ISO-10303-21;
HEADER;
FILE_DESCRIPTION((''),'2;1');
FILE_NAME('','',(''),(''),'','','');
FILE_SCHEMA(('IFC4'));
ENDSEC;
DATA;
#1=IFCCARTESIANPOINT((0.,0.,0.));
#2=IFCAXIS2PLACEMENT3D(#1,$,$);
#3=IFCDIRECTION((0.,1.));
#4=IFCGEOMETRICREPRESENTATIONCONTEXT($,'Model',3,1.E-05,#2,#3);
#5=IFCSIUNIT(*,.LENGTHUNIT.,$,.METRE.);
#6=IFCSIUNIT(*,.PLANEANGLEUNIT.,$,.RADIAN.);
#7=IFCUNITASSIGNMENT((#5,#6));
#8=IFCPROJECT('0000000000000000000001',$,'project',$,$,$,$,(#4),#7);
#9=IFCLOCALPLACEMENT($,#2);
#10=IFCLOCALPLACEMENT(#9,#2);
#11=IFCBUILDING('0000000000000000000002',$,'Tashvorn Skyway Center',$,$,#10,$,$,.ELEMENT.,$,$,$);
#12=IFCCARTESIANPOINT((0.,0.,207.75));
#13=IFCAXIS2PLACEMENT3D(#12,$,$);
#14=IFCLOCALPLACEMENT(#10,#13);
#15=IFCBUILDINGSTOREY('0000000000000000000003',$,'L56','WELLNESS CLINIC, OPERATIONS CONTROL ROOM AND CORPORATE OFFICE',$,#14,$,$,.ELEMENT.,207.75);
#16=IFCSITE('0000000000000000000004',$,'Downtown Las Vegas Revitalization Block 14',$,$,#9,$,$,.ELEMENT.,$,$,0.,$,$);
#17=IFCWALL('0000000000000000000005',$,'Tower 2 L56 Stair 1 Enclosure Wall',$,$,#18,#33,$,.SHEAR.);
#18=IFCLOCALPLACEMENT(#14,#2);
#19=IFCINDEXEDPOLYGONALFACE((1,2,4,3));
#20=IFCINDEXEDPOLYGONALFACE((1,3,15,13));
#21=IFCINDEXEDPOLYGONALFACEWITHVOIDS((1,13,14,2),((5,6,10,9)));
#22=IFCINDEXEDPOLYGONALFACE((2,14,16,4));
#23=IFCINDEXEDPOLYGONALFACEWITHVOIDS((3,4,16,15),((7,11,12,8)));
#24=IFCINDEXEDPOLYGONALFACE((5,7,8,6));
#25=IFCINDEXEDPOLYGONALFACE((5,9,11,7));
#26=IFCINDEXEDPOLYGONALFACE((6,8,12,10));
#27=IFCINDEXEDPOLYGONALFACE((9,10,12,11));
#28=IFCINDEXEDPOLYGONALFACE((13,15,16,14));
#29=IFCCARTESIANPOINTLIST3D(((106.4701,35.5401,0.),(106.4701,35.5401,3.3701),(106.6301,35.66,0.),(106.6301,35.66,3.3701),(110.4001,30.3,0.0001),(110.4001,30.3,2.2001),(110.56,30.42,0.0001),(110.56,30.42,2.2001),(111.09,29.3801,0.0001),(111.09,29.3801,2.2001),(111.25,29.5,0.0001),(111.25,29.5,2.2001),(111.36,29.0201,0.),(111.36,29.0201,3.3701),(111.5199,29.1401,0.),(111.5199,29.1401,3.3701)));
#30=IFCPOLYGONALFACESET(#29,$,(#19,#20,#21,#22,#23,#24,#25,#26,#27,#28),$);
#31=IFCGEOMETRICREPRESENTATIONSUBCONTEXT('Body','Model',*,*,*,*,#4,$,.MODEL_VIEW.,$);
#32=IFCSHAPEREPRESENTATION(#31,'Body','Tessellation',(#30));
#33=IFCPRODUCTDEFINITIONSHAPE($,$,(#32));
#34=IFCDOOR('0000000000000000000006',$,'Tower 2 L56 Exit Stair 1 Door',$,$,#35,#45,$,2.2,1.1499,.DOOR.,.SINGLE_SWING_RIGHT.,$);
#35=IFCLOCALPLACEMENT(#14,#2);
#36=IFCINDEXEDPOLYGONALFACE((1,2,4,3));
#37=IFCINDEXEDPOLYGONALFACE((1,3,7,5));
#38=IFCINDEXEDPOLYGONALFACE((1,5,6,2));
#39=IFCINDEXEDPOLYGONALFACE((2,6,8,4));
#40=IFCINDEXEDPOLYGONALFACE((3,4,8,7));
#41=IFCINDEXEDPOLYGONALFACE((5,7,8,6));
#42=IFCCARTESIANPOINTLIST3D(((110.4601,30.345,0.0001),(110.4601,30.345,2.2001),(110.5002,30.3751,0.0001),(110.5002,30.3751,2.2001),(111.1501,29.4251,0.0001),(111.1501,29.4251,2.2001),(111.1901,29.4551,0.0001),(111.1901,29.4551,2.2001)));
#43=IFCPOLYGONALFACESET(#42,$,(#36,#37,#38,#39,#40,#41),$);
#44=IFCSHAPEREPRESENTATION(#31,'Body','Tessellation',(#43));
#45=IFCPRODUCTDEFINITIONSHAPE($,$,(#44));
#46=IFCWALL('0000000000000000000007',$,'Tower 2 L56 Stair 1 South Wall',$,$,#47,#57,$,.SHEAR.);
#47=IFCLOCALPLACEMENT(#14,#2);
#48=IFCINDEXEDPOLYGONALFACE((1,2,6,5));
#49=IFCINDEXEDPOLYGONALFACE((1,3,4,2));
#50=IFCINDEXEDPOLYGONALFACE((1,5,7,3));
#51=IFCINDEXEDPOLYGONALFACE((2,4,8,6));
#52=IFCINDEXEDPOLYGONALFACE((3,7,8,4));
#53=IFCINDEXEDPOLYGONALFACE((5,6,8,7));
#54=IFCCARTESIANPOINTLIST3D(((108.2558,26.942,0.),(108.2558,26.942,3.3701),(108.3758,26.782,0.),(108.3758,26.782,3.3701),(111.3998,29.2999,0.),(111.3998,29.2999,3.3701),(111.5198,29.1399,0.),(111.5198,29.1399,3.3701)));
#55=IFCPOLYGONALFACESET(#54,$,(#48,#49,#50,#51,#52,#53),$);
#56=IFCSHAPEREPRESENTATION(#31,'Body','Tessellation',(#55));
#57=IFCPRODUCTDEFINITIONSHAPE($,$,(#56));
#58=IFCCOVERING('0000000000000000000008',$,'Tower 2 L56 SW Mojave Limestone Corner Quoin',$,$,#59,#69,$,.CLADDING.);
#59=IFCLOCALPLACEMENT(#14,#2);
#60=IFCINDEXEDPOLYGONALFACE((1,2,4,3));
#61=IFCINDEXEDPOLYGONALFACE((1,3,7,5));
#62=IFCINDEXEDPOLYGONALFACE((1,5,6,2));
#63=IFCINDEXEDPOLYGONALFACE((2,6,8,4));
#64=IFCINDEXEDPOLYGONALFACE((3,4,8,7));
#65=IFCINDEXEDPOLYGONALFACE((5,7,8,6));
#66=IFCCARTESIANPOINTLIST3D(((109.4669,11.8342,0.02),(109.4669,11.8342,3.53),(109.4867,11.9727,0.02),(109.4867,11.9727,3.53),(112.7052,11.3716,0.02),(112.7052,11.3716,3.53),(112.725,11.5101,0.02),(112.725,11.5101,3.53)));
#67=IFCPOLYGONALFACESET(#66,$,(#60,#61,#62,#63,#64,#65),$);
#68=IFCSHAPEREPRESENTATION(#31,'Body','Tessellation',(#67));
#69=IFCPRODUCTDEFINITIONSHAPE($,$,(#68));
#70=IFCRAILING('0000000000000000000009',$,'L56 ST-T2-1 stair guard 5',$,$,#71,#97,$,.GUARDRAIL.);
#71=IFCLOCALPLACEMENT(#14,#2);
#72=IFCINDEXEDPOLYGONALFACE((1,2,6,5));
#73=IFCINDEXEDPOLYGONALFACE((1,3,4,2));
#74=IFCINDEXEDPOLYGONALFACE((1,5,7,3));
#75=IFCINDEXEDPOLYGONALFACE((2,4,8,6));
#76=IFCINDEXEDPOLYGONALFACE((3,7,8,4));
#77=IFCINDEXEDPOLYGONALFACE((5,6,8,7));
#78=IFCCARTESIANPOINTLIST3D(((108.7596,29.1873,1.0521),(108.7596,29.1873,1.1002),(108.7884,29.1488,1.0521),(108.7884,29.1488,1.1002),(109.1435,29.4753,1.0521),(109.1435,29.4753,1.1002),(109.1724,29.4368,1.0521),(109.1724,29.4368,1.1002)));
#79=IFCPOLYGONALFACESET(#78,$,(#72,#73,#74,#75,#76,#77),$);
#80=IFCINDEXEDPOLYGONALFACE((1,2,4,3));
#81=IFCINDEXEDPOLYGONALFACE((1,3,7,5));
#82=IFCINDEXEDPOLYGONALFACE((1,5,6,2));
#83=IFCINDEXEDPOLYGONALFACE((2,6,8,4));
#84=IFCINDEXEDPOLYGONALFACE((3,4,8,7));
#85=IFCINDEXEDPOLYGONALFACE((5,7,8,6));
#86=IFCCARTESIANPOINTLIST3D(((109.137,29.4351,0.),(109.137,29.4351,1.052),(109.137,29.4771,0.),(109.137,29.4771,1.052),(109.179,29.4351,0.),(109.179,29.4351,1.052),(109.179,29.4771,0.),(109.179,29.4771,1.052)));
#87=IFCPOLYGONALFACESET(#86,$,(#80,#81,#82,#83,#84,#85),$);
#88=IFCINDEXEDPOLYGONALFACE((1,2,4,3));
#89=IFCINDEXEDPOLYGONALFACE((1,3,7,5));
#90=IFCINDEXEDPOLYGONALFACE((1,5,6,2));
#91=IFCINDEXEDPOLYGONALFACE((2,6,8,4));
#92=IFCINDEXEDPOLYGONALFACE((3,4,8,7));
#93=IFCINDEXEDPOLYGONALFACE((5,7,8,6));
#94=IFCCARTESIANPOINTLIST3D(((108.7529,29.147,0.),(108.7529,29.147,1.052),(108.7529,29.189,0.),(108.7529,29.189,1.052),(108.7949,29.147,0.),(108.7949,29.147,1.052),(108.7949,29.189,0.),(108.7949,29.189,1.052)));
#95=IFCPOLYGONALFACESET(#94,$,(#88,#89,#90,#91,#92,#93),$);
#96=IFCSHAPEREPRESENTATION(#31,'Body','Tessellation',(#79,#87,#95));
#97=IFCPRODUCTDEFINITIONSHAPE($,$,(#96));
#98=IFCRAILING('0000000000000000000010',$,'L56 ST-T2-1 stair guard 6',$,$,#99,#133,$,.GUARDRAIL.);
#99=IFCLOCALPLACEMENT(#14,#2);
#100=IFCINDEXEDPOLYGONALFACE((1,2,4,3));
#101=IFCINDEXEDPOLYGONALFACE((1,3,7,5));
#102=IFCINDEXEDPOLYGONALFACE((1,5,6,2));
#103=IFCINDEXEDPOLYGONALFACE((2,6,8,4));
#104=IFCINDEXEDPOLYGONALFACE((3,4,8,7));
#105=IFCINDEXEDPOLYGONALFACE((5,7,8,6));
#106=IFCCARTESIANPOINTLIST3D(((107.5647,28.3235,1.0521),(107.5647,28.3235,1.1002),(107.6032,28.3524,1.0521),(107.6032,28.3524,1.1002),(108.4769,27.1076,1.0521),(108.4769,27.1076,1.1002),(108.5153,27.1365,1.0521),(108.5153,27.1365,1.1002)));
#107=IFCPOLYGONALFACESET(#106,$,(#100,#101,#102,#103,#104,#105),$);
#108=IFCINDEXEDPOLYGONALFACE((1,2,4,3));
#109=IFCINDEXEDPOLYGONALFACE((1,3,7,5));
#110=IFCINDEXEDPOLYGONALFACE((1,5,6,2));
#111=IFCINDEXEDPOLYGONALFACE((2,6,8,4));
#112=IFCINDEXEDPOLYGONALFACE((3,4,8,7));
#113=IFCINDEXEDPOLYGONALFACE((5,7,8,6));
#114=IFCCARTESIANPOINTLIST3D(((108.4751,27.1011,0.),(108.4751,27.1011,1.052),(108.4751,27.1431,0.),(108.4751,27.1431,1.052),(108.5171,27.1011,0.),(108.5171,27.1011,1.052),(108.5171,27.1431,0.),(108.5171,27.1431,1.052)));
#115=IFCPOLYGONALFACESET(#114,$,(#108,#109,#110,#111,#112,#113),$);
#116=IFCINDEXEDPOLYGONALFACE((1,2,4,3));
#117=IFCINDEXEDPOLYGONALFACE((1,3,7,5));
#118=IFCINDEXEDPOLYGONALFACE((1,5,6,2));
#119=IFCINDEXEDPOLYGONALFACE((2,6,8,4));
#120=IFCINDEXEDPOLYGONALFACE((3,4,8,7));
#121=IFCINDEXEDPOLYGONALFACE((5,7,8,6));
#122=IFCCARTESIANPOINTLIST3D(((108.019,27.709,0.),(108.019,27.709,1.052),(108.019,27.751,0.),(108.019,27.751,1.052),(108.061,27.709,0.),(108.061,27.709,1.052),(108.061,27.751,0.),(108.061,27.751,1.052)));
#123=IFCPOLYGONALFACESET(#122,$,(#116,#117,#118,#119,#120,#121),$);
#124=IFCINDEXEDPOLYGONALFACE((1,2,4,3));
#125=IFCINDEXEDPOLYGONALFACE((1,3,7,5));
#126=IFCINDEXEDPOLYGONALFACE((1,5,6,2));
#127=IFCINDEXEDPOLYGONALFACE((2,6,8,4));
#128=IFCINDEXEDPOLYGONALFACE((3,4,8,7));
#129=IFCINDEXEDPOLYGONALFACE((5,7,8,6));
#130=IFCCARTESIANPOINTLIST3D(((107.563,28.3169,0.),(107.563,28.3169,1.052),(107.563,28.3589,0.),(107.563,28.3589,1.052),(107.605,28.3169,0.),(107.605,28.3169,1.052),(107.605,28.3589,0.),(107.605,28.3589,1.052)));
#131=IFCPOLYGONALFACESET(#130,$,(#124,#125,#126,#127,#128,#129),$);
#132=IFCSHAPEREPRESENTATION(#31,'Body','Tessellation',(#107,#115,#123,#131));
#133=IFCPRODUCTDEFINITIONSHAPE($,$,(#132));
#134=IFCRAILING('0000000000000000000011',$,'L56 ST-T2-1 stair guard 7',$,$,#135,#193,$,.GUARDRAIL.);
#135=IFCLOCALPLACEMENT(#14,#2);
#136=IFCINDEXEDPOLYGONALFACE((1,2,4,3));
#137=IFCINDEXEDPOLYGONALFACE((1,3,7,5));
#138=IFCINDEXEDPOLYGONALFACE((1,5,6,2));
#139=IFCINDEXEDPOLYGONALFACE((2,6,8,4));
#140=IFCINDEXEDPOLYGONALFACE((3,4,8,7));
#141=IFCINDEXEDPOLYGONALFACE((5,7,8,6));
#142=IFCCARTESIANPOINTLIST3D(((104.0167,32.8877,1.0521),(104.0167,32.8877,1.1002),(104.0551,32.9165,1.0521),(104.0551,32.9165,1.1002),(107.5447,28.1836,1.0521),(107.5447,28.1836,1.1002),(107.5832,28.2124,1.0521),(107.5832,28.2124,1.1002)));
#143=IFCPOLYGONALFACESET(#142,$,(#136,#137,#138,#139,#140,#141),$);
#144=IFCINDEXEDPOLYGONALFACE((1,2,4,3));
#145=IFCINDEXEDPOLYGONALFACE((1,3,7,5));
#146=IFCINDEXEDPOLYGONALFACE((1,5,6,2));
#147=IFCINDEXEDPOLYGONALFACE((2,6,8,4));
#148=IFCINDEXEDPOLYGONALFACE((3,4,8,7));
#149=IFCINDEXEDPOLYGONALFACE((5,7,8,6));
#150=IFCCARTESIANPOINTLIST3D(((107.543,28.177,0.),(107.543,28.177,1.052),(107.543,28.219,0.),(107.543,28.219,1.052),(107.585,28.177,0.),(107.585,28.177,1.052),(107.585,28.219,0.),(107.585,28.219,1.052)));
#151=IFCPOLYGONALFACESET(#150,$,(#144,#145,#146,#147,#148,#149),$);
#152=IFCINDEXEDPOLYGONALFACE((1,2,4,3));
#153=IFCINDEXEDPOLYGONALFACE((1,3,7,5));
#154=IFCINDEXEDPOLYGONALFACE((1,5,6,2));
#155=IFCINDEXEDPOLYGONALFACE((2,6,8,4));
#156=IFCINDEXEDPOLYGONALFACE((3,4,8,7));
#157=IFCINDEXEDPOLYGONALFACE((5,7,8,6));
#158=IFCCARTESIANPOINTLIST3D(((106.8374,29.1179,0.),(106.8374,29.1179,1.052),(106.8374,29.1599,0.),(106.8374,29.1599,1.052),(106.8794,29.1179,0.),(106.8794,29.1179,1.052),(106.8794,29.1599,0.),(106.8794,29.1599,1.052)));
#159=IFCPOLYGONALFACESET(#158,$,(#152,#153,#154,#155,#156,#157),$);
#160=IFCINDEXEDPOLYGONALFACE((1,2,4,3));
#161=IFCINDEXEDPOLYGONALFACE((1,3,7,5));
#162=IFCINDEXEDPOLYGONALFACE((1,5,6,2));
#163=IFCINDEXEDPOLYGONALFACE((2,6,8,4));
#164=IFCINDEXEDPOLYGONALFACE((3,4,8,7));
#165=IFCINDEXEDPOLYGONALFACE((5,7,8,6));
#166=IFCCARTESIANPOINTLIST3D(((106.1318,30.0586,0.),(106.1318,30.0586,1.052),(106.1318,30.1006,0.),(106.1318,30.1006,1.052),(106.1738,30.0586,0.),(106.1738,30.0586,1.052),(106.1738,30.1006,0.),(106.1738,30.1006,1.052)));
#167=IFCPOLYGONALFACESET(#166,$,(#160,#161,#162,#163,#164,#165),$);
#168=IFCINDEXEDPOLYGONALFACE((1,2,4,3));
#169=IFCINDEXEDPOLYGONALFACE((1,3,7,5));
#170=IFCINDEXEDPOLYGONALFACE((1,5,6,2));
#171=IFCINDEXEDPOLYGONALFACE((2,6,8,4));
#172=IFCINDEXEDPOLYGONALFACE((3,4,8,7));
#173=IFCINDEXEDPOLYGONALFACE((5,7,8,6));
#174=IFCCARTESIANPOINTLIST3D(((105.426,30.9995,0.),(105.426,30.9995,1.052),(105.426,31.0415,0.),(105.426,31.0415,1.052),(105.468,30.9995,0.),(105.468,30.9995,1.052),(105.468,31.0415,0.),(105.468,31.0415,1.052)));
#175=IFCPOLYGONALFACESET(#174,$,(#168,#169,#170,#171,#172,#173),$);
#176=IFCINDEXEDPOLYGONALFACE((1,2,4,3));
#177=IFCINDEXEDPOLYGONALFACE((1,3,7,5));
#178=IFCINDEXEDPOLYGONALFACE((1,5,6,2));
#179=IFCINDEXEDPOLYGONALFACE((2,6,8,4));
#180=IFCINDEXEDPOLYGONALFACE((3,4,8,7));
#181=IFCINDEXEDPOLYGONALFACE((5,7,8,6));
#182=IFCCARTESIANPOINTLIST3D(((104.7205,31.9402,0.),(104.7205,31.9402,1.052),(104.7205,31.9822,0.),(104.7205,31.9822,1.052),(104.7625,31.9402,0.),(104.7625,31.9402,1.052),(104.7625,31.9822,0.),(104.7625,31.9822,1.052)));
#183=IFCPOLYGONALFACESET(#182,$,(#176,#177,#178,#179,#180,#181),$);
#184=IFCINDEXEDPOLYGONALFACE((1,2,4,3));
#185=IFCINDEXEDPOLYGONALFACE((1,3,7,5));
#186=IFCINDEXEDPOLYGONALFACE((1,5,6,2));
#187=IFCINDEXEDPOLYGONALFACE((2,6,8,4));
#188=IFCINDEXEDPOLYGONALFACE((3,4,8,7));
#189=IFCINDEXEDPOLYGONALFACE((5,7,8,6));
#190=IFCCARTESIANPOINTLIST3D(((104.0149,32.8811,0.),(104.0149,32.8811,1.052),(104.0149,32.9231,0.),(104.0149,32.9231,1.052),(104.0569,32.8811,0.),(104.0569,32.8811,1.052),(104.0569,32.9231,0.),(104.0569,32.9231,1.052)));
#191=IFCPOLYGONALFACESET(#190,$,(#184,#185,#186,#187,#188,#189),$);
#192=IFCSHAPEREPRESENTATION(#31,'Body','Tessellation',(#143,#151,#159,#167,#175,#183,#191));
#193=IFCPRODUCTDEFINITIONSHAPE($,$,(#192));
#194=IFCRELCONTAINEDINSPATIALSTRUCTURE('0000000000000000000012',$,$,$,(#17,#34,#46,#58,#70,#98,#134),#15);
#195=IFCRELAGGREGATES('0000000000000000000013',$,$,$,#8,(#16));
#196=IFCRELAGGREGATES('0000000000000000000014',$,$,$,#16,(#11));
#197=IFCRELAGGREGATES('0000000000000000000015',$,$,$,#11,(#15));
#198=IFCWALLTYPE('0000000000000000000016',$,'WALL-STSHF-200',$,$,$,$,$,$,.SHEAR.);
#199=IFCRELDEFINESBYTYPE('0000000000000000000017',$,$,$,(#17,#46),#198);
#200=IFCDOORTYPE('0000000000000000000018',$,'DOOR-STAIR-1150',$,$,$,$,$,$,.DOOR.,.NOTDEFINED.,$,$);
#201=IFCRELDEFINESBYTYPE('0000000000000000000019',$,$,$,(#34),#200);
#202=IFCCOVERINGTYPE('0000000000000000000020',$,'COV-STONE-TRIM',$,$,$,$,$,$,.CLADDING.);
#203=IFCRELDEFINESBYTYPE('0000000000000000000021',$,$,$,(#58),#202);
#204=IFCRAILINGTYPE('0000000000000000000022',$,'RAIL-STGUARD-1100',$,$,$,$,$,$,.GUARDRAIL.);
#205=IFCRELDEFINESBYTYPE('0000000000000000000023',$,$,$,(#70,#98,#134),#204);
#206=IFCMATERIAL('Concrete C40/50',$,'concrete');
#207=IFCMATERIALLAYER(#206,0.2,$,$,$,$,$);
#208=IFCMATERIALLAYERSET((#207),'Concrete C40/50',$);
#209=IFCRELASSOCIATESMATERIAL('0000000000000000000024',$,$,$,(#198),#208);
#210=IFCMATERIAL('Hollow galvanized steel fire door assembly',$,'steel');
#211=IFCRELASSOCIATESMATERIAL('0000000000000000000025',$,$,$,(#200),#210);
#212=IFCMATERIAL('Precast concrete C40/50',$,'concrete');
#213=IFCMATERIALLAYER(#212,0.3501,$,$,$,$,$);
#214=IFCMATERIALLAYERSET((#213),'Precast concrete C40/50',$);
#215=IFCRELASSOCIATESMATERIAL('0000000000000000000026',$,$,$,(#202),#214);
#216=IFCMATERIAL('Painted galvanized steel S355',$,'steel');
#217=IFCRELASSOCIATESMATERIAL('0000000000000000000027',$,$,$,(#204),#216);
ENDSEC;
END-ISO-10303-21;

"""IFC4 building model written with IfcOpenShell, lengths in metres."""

from ifc_helpers import new_model, si_unit, direction, frame, frame_2d, origin, origin_2d, place, context, subcontext, project, spatial, rectangle, extrude, material, layer, layer_set, type_object, element, fill, save


model = new_model("IFC4")

# Units and contexts
model_context = context("Model", 3, precision=1e-05, world=origin(), true_north=direction((0.0, 1.0)))
body_context = subcontext(model_context, "Body", "Model", "MODEL_VIEW")
ifc_project = project(units=[si_unit("LENGTHUNIT", "METRE"), si_unit("PLANEANGLEUNIT", "RADIAN")], contexts=[model_context])

# Site, building, storey
site_placement = place(None, origin())
site = spatial("IfcSite", under=ifc_project, at=site_placement, Name="Downtown Las Vegas Revitalization Block 14", CompositionType="ELEMENT", RefElevation=0.0)
building_placement = place(site_placement, origin())
building = spatial("IfcBuilding", under=site, at=building_placement, Name="Tashvorn Skyway Center", CompositionType="ELEMENT")
storey_placement = place(building_placement, frame((0.0, 0.0, 207.75)))
storey = spatial("IfcBuildingStorey", under=building, at=storey_placement, Name="L56", Description="WELLNESS CLINIC, OPERATIONS CONTROL ROOM AND CORPORATE OFFICE", CompositionType="ELEMENT", Elevation=207.75)

# Shared definitions
ifc_material_1 = material(Name="Precast concrete C40/50", Category="concrete")

# Shared definitions
ifc_material_2 = material(Name="Concrete C40/50", Category="concrete")

# Wall, opening, door
ifc_layer_1 = layer(ifc_material_2, 0.2)
ifc_layer_set_1 = layer_set([ifc_layer_1], Name="Concrete C40/50")
wall_type_1 = type_object("IfcWallType", Name="WALL-STSHF-200", PredefinedType="SHEAR", material=ifc_layer_set_1)
wall_1_placement = place(storey_placement, frame((111.4399, 29.0801, 0.0), z_axis=(0.0, 0.0, 1.0), x_axis=(-0.59999, 0.800007, 0.0)))
wall_1 = element("IfcWall", 1, at=wall_1_placement, inside=storey, type_object=wall_type_1, Name="Tower 2 L56 Stair 1 Enclosure Wall", PredefinedType="SHEAR", context=body_context, shape_type="SweptSolid", body=[
    extrude(rectangle(XDim=8.1499, YDim=0.2, at=frame_2d((4.075, 0.0))), origin(), (0.0, 0.0, 1.0), 3.3701),
])
opening_1_placement = place(wall_1_placement, frame((0.45, 0.0, 0.0)))
opening_1 = element("IfcOpeningElement", 2, at=opening_1_placement, cuts=wall_1, PredefinedType="OPENING", context=body_context, shape_type="SweptSolid", body=[
    extrude(rectangle(XDim=1.1499, YDim=2.2, at=frame_2d((0.575, 1.1001))), frame((0.0, 0.1099, 0.0), z_axis=(0.0, -1.0, 0.0), x_axis=(1.0, 0.0, 0.0)), (0.0, 0.0, 1.0), 0.22),
])
ifc_material_3 = material(Name="Hollow galvanized steel fire door assembly", Category="steel")
door_type_1 = type_object("IfcDoorType", Name="DOOR-STAIR-1150", OperationType="NOTDEFINED", PredefinedType="DOOR", material=ifc_material_3)
door_1_placement = place(opening_1_placement, origin())
door_1 = element("IfcDoor", 3, at=door_1_placement, inside=storey, type_object=door_type_1, Name="Tower 2 L56 Exit Stair 1 Door", OperationType="SINGLE_SWING_RIGHT", OverallHeight=2.2, OverallWidth=1.1499, PredefinedType="DOOR", context=body_context, shape_type="SweptSolid", body=[
    extrude(rectangle(XDim=1.1499, YDim=2.2, at=frame_2d((0.575, 1.1001))), frame((0.0, 0.0249, 0.0), z_axis=(0.0, -1.0, 0.0), x_axis=(1.0, 0.0, 0.0)), (0.0, 0.0, 1.0), 0.05),
])
fill(opening_1, door_1)

# Wall
wall_2_placement = place(storey_placement, frame((108.3159, 26.8621, 0.0), z_axis=(0.0, 0.0, 1.0), x_axis=(0.800015, 0.59998, 0.0)))
element("IfcWall", 4, at=wall_2_placement, inside=storey, type_object=wall_type_1, Name="Tower 2 L56 Stair 1 South Wall", PredefinedType="SHEAR", context=body_context, shape_type="SweptSolid", body=[
    extrude(rectangle(XDim=3.9299, YDim=0.2, at=frame_2d((1.9648, 0.0))), origin(), (0.0, 0.0, 1.0), 3.3701),
])

# Covering
ifc_layer_2 = layer(ifc_material_1, 0.3501)
ifc_layer_set_2 = layer_set([ifc_layer_2], Name="Precast concrete C40/50")
covering_type = type_object("IfcCoveringType", Name="COV-STONE-TRIM", PredefinedType="CLADDING", material=ifc_layer_set_2)
covering_placement = place(storey_placement, frame((111.0959, 11.6721, 0.02), z_axis=(0.0, 0.0, 1.0), x_axis=(-0.989949, 0.141421, 0.0)))
element("IfcCovering", 5, at=covering_placement, inside=storey, type_object=covering_type, Name="Tower 2 L56 SW Mojave Limestone Corner Quoin", PredefinedType="CLADDING", context=body_context, shape_type="SweptSolid", body=[
    extrude(rectangle(XDim=3.2712, YDim=0.1399, at=origin_2d()), origin(), (0.0, 0.0, 1.0), 3.51),
])

# Railings
ifc_material_4 = material(Name="Painted galvanized steel S355", Category="steel")
railing_type = type_object("IfcRailingType", Name="RAIL-STGUARD-1100", PredefinedType="GUARDRAIL", material=ifc_material_4)
railing_1_placement = place(storey_placement, frame((109.158, 29.4561, 0.0)))
element("IfcRailing", 6, at=railing_1_placement, inside=storey, type_object=railing_type, Name="L56 ST-T2-1 stair guard 5", PredefinedType="GUARDRAIL", context=body_context, shape_type="SweptSolid", body=[
    extrude(rectangle(XDim=0.0481, YDim=0.0481, at=origin_2d()), frame((0.0, 0.0, 1.0762), z_axis=(-0.799939, -0.600081, 0.0), x_axis=(0.600081, -0.799939, 0.0)), (0.0, 0.0, 1.0), 0.48),
    extrude(rectangle(XDim=0.042, YDim=0.042, at=origin_2d()), origin(), (0.0, 0.0, 1.0), 1.052),
    extrude(rectangle(XDim=0.042, YDim=0.042, at=origin_2d()), frame((-0.384, -0.2881, 0.0)), (0.0, 0.0, 1.0), 1.052),
])
railing_2_placement = place(storey_placement, frame((108.4961, 27.1221, 0.0)))
element("IfcRailing", 7, at=railing_2_placement, inside=storey, type_object=railing_type, Name="L56 ST-T2-1 stair guard 6", PredefinedType="GUARDRAIL", context=body_context, shape_type="SweptSolid", body=[
    extrude(rectangle(XDim=0.0481, YDim=0.0481, at=origin_2d()), frame((0.0, 0.0, 1.0762), z_axis=(-0.600103, 0.799923, 0.0), x_axis=(-0.799923, -0.600103, 0.0)), (0.0, 0.0, 1.0), 1.52),
    extrude(rectangle(XDim=0.042, YDim=0.042, at=origin_2d()), origin(), (0.0, 0.0, 1.0), 1.052),
    extrude(rectangle(XDim=0.042, YDim=0.042, at=origin_2d()), frame((-0.4561, 0.6079, 0.0)), (0.0, 0.0, 1.0), 1.052),
    extrude(rectangle(XDim=0.042, YDim=0.042, at=origin_2d()), frame((-0.9121, 1.2158, 0.0)), (0.0, 0.0, 1.0), 1.052),
])
railing_3_placement = place(storey_placement, frame((107.564, 28.198, 0.0)))
element("IfcRailing", 8, at=railing_3_placement, inside=storey, type_object=railing_type, Name="L56 ST-T2-1 stair guard 7", PredefinedType="GUARDRAIL", context=body_context, shape_type="SweptSolid", body=[
    extrude(rectangle(XDim=0.0481, YDim=0.0481, at=origin_2d()), frame((0.0, 0.0, 1.0762), z_axis=(-0.6, 0.8, 0.0), x_axis=(-0.8, -0.6, 0.0)), (0.0, 0.0, 1.0), 5.8801),
    extrude(rectangle(XDim=0.042, YDim=0.042, at=origin_2d()), origin(), (0.0, 0.0, 1.0), 1.052),
    extrude(rectangle(XDim=0.042, YDim=0.042, at=origin_2d()), frame((-0.7056, 0.9409, 0.0)), (0.0, 0.0, 1.0), 1.052),
    extrude(rectangle(XDim=0.042, YDim=0.042, at=origin_2d()), frame((-1.4111, 1.8816, 0.0)), (0.0, 0.0, 1.0), 1.052),
    extrude(rectangle(XDim=0.042, YDim=0.042, at=origin_2d()), frame((-2.1169, 2.8225, 0.0)), (0.0, 0.0, 1.0), 1.052),
    extrude(rectangle(XDim=0.042, YDim=0.042, at=origin_2d()), frame((-2.8225, 3.7632, 0.0)), (0.0, 0.0, 1.0), 1.052),
    extrude(rectangle(XDim=0.042, YDim=0.042, at=origin_2d()), frame((-3.5281, 4.7041, 0.0)), (0.0, 0.0, 1.0), 1.052),
])

save(model, "model.ifc")
